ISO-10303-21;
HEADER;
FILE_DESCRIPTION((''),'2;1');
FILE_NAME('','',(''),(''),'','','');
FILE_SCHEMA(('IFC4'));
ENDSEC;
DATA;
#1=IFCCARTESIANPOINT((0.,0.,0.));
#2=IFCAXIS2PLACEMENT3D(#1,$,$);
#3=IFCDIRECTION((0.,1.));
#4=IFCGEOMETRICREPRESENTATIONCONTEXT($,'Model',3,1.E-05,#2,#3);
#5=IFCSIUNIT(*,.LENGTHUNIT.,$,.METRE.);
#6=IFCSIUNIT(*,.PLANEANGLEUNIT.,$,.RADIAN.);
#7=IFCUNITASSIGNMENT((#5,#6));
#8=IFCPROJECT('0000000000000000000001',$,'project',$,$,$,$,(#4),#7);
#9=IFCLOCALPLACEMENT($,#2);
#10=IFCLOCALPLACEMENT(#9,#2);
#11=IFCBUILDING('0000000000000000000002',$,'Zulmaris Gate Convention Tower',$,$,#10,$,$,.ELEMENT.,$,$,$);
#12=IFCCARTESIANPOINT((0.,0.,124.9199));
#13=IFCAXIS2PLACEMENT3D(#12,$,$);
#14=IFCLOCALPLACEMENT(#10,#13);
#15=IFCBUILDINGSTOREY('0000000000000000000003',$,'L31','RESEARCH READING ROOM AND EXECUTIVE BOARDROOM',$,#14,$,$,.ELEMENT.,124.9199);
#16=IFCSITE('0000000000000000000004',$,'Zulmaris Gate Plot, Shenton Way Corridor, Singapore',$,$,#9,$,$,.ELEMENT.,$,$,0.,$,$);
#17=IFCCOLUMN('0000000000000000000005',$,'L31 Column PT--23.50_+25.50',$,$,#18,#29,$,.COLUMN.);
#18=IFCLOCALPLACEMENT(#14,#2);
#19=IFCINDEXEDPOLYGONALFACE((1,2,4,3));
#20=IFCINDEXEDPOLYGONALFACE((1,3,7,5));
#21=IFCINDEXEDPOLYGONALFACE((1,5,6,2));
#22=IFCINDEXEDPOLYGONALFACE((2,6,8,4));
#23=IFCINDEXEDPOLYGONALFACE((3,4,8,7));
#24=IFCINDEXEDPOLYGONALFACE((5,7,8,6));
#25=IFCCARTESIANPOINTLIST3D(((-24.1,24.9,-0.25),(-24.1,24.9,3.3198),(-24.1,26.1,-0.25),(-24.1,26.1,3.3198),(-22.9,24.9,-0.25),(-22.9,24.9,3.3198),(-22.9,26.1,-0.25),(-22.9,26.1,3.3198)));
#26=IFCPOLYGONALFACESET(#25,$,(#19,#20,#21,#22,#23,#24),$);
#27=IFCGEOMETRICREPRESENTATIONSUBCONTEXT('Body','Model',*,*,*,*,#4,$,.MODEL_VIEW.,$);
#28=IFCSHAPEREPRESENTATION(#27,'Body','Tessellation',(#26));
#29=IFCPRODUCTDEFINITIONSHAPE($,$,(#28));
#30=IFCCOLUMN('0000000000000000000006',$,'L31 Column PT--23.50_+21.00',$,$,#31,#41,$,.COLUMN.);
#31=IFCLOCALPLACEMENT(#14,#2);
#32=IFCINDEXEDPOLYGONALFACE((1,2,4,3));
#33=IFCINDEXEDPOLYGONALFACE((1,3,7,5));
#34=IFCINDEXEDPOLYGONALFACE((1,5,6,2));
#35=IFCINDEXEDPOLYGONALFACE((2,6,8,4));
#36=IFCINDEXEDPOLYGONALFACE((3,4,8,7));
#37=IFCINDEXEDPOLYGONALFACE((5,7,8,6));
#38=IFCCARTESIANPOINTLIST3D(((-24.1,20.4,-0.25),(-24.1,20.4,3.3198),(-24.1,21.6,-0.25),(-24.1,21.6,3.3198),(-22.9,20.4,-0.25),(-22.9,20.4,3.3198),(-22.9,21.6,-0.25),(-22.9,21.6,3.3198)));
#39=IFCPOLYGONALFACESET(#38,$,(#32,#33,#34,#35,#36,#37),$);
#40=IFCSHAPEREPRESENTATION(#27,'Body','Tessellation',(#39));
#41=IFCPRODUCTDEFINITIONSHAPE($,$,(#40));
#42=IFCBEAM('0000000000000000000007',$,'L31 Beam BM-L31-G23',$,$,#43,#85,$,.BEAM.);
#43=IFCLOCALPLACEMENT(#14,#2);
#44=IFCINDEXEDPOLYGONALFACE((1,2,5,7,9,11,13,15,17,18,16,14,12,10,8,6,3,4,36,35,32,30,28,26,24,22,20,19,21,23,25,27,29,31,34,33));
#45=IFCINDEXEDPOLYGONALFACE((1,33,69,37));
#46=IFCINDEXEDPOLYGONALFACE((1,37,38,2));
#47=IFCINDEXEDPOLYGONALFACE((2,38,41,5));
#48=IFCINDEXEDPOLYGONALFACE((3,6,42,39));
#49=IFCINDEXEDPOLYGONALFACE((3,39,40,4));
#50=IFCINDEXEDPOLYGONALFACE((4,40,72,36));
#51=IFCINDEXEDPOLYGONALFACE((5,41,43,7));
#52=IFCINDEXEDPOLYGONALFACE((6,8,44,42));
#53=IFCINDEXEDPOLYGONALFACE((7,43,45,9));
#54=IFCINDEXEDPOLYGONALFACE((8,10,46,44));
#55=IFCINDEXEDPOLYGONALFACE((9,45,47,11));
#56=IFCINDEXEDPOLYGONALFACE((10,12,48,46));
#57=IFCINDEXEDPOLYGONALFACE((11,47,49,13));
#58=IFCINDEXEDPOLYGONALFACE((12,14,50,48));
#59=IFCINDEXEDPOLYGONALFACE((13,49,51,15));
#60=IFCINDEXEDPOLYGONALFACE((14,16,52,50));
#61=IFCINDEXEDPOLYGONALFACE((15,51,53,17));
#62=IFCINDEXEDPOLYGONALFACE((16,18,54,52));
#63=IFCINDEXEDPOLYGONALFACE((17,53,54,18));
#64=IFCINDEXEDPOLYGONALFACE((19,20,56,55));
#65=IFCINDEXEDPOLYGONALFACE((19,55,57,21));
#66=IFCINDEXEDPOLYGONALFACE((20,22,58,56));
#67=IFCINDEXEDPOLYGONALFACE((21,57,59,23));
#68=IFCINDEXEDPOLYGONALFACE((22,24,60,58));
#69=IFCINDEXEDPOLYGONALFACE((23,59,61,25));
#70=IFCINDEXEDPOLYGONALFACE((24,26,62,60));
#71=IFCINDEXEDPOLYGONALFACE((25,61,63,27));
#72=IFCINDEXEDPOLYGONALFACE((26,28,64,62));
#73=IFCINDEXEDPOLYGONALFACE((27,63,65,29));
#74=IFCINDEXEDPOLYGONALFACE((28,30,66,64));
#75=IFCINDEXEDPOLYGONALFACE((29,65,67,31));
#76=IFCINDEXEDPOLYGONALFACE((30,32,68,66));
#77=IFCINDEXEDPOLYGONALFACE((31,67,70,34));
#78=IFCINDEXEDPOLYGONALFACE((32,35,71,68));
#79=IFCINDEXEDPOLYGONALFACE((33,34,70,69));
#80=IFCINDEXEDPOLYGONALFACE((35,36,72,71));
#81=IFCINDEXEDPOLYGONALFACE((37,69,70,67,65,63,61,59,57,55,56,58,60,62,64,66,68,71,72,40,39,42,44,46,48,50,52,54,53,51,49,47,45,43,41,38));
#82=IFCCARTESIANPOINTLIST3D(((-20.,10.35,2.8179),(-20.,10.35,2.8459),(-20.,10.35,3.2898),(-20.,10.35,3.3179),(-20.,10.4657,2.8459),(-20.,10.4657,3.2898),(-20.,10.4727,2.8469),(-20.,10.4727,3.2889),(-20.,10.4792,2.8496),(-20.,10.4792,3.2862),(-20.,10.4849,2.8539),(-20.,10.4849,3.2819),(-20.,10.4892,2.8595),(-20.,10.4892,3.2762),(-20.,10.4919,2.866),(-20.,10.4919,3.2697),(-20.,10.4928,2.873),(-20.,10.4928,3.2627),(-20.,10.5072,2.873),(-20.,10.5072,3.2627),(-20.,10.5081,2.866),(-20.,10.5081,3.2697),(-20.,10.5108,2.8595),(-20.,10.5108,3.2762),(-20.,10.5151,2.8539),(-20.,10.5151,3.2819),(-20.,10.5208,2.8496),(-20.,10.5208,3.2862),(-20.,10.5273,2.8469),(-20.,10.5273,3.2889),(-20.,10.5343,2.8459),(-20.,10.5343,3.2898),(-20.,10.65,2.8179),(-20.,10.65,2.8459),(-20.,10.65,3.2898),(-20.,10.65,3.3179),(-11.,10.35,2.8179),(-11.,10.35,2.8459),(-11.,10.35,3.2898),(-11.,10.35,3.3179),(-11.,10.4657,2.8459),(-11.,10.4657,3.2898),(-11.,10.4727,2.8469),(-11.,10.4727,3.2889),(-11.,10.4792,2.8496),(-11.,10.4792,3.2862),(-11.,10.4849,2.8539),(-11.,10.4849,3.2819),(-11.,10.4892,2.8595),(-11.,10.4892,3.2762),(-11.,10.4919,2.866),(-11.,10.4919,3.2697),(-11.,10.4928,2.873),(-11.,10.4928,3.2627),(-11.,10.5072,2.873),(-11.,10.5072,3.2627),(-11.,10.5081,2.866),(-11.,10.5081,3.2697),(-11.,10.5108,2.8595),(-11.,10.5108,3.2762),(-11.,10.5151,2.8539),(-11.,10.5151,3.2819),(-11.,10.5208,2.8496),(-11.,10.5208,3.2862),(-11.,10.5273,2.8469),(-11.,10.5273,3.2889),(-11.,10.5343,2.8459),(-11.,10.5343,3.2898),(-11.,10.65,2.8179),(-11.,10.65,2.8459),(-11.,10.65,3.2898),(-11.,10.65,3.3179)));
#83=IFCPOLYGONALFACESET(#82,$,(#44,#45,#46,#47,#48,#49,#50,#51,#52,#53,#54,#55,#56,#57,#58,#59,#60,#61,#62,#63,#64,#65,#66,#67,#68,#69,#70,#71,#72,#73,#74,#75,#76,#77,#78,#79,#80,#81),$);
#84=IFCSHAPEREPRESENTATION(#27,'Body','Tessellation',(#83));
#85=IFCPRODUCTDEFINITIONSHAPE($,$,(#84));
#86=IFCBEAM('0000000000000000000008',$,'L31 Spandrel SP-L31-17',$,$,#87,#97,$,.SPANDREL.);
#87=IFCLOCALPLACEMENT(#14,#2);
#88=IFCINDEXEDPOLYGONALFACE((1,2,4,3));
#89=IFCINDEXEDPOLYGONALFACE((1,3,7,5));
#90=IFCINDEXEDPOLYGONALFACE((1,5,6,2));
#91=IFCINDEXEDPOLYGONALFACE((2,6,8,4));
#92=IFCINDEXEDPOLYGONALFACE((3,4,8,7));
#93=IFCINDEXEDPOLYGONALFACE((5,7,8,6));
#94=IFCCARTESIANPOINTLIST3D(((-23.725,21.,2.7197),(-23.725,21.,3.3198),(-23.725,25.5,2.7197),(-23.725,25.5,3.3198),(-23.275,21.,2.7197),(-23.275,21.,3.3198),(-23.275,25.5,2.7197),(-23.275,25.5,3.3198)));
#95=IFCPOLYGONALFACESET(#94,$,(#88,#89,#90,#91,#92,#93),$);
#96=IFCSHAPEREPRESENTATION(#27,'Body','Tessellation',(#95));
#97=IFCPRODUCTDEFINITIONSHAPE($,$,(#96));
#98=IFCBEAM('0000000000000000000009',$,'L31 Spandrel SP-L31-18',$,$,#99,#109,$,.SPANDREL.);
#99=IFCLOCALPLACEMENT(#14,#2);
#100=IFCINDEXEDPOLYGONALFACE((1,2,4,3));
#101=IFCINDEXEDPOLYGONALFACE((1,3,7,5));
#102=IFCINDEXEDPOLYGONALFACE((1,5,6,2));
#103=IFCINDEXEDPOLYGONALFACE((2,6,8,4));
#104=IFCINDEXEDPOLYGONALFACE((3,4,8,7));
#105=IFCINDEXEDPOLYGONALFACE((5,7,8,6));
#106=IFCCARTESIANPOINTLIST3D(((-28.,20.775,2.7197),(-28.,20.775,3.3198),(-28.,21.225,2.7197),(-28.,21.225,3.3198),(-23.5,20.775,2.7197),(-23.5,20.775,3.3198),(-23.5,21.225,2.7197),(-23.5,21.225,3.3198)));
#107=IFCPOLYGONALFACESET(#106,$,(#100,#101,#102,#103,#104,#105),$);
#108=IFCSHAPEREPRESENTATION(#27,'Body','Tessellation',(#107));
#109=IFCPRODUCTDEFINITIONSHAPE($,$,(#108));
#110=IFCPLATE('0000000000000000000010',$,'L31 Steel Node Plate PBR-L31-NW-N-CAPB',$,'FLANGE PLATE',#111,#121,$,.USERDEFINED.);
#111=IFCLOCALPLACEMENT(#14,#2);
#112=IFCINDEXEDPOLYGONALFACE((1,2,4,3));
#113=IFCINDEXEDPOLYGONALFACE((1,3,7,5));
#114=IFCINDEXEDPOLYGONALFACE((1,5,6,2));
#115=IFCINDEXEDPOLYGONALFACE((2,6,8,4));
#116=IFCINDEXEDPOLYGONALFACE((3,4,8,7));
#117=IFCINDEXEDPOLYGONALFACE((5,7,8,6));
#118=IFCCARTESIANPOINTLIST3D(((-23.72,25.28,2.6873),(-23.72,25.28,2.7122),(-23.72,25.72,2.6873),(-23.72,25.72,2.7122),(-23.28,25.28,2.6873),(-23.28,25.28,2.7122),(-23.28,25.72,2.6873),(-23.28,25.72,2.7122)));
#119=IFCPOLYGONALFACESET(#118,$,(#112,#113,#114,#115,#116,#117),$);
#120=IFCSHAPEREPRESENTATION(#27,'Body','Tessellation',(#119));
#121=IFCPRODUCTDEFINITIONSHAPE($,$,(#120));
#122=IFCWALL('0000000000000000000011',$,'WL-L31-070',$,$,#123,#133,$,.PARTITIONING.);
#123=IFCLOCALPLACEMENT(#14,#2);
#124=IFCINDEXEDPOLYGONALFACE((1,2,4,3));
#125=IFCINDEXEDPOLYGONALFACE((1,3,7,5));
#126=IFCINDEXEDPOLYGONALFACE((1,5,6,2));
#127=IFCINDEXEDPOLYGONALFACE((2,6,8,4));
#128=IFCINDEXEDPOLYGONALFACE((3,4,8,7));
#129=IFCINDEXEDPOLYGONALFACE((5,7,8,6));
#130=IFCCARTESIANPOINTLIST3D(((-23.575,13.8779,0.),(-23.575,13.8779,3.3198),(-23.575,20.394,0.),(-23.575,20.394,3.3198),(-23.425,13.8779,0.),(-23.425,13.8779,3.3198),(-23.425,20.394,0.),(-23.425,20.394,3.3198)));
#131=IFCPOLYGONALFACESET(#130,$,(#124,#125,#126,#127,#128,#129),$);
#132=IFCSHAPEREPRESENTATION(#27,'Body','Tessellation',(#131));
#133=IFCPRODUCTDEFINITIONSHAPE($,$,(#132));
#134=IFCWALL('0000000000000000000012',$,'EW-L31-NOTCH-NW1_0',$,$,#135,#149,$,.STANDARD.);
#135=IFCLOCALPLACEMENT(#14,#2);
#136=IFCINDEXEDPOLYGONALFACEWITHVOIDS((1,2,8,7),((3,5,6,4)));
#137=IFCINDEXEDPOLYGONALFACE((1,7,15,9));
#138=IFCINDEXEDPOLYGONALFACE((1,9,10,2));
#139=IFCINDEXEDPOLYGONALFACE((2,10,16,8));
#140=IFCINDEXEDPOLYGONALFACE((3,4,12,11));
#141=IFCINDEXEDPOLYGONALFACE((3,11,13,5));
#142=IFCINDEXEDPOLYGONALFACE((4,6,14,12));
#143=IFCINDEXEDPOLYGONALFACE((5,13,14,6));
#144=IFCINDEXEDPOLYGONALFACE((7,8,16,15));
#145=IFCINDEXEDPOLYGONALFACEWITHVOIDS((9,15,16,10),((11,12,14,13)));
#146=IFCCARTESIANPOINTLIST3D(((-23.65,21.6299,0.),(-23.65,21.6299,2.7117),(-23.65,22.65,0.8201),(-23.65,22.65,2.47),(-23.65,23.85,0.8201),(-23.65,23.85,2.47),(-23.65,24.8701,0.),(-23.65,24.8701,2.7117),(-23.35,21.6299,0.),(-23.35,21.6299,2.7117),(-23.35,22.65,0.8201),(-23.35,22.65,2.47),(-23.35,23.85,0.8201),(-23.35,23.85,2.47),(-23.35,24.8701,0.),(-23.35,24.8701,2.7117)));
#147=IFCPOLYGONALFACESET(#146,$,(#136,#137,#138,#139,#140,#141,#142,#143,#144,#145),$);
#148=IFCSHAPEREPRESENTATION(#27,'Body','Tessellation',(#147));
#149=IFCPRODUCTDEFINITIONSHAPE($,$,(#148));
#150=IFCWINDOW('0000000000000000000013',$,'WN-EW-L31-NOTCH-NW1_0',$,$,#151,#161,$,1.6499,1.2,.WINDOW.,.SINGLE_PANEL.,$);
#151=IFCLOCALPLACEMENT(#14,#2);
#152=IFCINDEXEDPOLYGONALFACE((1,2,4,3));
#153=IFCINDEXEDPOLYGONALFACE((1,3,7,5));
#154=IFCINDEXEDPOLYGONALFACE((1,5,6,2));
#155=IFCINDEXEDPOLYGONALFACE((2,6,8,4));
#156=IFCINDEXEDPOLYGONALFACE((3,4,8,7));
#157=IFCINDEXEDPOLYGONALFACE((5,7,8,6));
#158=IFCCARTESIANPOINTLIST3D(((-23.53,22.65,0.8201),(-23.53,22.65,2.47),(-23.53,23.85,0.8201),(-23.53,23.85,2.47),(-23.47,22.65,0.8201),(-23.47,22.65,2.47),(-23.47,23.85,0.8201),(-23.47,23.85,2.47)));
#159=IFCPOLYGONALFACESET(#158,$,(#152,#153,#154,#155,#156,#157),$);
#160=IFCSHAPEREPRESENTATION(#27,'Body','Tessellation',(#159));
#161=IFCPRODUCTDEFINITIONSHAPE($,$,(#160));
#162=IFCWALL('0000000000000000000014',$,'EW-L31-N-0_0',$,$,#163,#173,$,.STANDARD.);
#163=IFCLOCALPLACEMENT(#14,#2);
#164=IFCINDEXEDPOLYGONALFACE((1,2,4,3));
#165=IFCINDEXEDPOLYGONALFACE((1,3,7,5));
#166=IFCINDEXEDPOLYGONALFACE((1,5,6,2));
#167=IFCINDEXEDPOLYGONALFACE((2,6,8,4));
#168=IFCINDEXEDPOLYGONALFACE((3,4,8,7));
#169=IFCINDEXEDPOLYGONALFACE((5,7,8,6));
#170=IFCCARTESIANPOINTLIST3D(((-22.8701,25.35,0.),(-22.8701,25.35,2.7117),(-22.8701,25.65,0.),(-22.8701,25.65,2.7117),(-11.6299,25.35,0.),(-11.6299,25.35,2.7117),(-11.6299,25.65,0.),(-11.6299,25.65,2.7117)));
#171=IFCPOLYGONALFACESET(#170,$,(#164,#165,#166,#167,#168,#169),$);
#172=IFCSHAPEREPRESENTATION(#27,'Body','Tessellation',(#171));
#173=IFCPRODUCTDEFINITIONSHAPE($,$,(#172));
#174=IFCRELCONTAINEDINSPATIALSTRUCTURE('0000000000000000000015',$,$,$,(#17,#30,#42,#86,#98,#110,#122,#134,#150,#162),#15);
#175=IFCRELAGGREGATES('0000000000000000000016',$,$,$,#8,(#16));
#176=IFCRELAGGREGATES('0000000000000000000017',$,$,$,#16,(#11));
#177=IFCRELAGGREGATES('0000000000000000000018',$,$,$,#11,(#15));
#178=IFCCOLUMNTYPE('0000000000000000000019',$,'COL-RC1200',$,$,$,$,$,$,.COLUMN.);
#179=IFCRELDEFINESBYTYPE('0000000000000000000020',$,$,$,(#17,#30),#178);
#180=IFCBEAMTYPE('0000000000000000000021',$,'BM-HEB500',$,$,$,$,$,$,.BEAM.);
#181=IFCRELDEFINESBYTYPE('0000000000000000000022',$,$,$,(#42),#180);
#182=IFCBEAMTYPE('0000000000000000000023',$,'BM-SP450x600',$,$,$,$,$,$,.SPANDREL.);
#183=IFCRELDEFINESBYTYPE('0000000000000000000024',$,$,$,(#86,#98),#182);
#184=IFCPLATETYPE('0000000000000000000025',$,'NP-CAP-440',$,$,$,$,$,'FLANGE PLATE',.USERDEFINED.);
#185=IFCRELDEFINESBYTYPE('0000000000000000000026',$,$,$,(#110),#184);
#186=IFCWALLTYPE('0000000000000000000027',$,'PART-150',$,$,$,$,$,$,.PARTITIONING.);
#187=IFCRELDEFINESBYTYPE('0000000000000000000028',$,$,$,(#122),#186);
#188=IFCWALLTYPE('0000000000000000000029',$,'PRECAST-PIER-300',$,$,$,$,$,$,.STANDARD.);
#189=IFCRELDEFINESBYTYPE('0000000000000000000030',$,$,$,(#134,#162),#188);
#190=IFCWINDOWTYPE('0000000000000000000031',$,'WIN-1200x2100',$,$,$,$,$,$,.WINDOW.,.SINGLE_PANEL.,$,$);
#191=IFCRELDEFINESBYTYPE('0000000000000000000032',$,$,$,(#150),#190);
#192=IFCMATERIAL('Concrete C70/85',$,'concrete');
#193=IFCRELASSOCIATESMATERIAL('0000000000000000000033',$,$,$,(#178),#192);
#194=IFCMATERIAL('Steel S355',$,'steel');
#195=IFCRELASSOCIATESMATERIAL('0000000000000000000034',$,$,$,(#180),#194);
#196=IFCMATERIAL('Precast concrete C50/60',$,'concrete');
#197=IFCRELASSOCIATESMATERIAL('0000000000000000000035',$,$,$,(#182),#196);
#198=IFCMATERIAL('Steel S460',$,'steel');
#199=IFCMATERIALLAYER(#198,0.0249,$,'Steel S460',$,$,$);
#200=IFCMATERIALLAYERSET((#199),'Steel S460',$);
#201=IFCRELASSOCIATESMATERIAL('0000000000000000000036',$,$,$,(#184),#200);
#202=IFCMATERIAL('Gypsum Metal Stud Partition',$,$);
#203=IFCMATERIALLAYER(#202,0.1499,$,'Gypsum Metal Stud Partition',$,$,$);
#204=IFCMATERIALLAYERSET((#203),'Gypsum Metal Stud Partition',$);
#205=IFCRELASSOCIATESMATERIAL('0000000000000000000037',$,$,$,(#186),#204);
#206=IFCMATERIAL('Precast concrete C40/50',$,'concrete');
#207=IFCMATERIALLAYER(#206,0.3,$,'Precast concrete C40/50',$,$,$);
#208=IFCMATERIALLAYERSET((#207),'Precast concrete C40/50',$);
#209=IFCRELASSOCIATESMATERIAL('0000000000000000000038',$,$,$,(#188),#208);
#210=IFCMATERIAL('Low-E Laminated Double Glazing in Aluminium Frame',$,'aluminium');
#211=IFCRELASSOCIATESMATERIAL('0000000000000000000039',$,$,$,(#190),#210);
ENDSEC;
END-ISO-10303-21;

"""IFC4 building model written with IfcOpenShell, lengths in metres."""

from ifc_helpers import new_model, si_unit, direction, frame, frame_2d, origin, origin_2d, place, context, subcontext, project, spatial, rectangle, i_section, extrude, material, layer, layer_set, material_profile, profile_set, type_object, element, fill, save


model = new_model("IFC4")

# Units and contexts
model_context = context("Model", 3, precision=1e-05, world=origin(), true_north=direction((0.0, 1.0)))
body_context = subcontext(model_context, "Body", "Model", "MODEL_VIEW")
ifc_project = project(units=[si_unit("LENGTHUNIT", "METRE"), si_unit("PLANEANGLEUNIT", "RADIAN")], contexts=[model_context])

# Site, building, storey
site_placement = place(None, origin())
site = spatial("IfcSite", under=ifc_project, at=site_placement, Name="Zulmaris Gate Plot, Shenton Way Corridor, Singapore", CompositionType="ELEMENT", RefElevation=0.0)
building_placement = place(site_placement, origin())
building = spatial("IfcBuilding", under=site, at=building_placement, Name="Zulmaris Gate Convention Tower", CompositionType="ELEMENT")
storey_placement = place(building_placement, frame((0.0, 0.0, 124.9199)))
storey = spatial("IfcBuildingStorey", under=building, at=storey_placement, Name="L31", Description="RESEARCH READING ROOM AND EXECUTIVE BOARDROOM", CompositionType="ELEMENT", Elevation=124.9199)

# Columns
ifc_material_1 = material(Name="Concrete C70/85", Category="concrete")
ifc_material_profile_1 = material_profile(ifc_material_1, rectangle(XDim=1.2, YDim=1.2, at=origin_2d()), Name="RC COL 1200x1200")
ifc_profile_set_1 = profile_set([ifc_material_profile_1], Name="Concrete C70/85")
column_type = type_object("IfcColumnType", Name="COL-RC1200", PredefinedType="COLUMN", material=ifc_profile_set_1)
for number, where, z_axis, x_axis, name in (
    (1, (-23.5, 25.5, -0.25), (0.0, 0.0, 1.0), (1.0, 0.0, 0.0), "L31 Column PT--23.50_+25.50"),
    (2, (-23.5, 21.0, -0.25), (0.0, 0.0, 1.0), (1.0, 0.0, 0.0), "L31 Column PT--23.50_+21.00"),
):
    element("IfcColumn", number, at=place(storey_placement, frame(where, z_axis=z_axis, x_axis=x_axis)), inside=storey, type_object=column_type, Name=name, PredefinedType="COLUMN", context=body_context, shape_type="SweptSolid", body=[
        extrude(rectangle(XDim=1.2, YDim=1.2, at=origin_2d()), origin(), (0.0, 0.0, 1.0), 3.5698),
    ])

# Beams
ifc_material_2 = material(Name="Steel S355", Category="steel")
ifc_material_profile_2 = material_profile(ifc_material_2, i_section(OverallWidth=0.3, OverallDepth=0.5, WebThickness=0.0144, FlangeThickness=0.0281, FilletRadius=0.0271, at=origin_2d()), Name="HEB 500")
ifc_profile_set_2 = profile_set([ifc_material_profile_2], Name="Steel S355")
beam_type_1 = type_object("IfcBeamType", Name="BM-HEB500", PredefinedType="BEAM", material=ifc_profile_set_2)
beam_placement = place(storey_placement, frame((-20.0, 10.5, 3.0679), z_axis=(1.0, 0.0, 0.0), x_axis=(0.0, 1.0, 0.0)))
element("IfcBeam", 3, at=beam_placement, inside=storey, type_object=beam_type_1, Name="L31 Beam BM-L31-G23", PredefinedType="BEAM", context=body_context, shape_type="SweptSolid", body=[
    extrude(i_section(OverallWidth=0.3, OverallDepth=0.5, WebThickness=0.0144, FlangeThickness=0.0281, FilletRadius=0.0271, at=origin_2d()), origin(), (0.0, 0.0, 1.0), 9.0),
])
ifc_material_3 = material(Name="Precast concrete C50/60", Category="concrete")
ifc_material_profile_3 = material_profile(ifc_material_3, rectangle(XDim=0.45, YDim=0.6001, at=origin_2d()), Name="RC SPANDREL 450x600")
ifc_profile_set_3 = profile_set([ifc_material_profile_3], Name="Precast concrete C50/60")
beam_type_2 = type_object("IfcBeamType", Name="BM-SP450x600", PredefinedType="SPANDREL", material=ifc_profile_set_3)
for number, where, z_axis, x_axis, name in (
    (4, (-23.5, 25.5, 3.0198), (0.0, -1.0, 0.0), (1.0, 0.0, 0.0), "L31 Spandrel SP-L31-17"),
    (5, (-23.5, 21.0, 3.0198), (-1.0, 0.0, 0.0), (0.0, -1.0, 0.0), "L31 Spandrel SP-L31-18"),
):
    element("IfcBeam", number, at=place(storey_placement, frame(where, z_axis=z_axis, x_axis=x_axis)), inside=storey, type_object=beam_type_2, Name=name, PredefinedType="SPANDREL", context=body_context, shape_type="SweptSolid", body=[
        extrude(rectangle(XDim=0.45, YDim=0.6001, at=origin_2d()), origin(), (0.0, 0.0, 1.0), 4.5),
    ])

# Plate
ifc_material_4 = material(Name="Steel S460", Category="steel")
ifc_layer_1 = layer(ifc_material_4, 0.0249, Name="Steel S460")
ifc_layer_set_1 = layer_set([ifc_layer_1], Name="Steel S460")
plate_type = type_object("IfcPlateType", Name="NP-CAP-440", ElementType="FLANGE PLATE", PredefinedType="USERDEFINED", material=ifc_layer_set_1)
plate_placement = place(storey_placement, frame((-23.5, 25.5, 2.6873), z_axis=(0.0, 0.0, 1.0), x_axis=(1.0, 0.0, 0.0)))
element("IfcPlate", 6, at=plate_placement, inside=storey, type_object=plate_type, Name="L31 Steel Node Plate PBR-L31-NW-N-CAPB", ObjectType="FLANGE PLATE", PredefinedType="USERDEFINED", context=body_context, shape_type="SweptSolid", body=[
    extrude(rectangle(XDim=0.4399, YDim=0.4399, at=origin_2d()), origin(), (0.0, 0.0, 1.0), 0.0249),
])

# Wall
ifc_material_5 = material(Name="Gypsum Metal Stud Partition")
ifc_layer_2 = layer(ifc_material_5, 0.1499, Name="Gypsum Metal Stud Partition")
ifc_layer_set_2 = layer_set([ifc_layer_2], Name="Gypsum Metal Stud Partition")
wall_type_1 = type_object("IfcWallType", Name="PART-150", PredefinedType="PARTITIONING", material=ifc_layer_set_2)
wall_1_placement = place(storey_placement, frame((-23.5, 13.8779, 0.0), z_axis=(0.0, 0.0, 1.0), x_axis=(0.0, 1.0, 0.0)))
element("IfcWall", 7, at=wall_1_placement, inside=storey, type_object=wall_type_1, Name="WL-L31-070", PredefinedType="PARTITIONING", context=body_context, shape_type="SweptSolid", body=[
    extrude(rectangle(XDim=6.5161, YDim=0.1499, at=frame_2d((3.2581, 0.0))), origin(), (0.0, 0.0, 1.0), 3.3198),
])

# Wall, opening, window
ifc_material_6 = material(Name="Precast concrete C40/50", Category="concrete")
ifc_layer_3 = layer(ifc_material_6, 0.3, Name="Precast concrete C40/50")
ifc_layer_set_3 = layer_set([ifc_layer_3], Name="Precast concrete C40/50")
wall_type_2 = type_object("IfcWallType", Name="PRECAST-PIER-300", PredefinedType="STANDARD", material=ifc_layer_set_3)
wall_2_placement = place(storey_placement, frame((-23.5, 24.8701, 0.0), z_axis=(0.0, 0.0, 1.0), x_axis=(0.0, -1.0, 0.0)))
wall_2 = element("IfcWall", 8, at=wall_2_placement, inside=storey, type_object=wall_type_2, Name="EW-L31-NOTCH-NW1_0", PredefinedType="STANDARD", context=body_context, shape_type="SweptSolid", body=[
    extrude(rectangle(XDim=3.2402, YDim=0.3, at=frame_2d((1.6201, 0.0))), origin(), (0.0, 0.0, 1.0), 2.7117),
])
opening_1_placement = place(wall_2_placement, frame((1.02, 0.0, 0.8201)))
opening_1 = element("IfcOpeningElement", 9, at=opening_1_placement, cuts=wall_2, PredefinedType="OPENING", context=body_context, shape_type="SweptSolid", body=[
    extrude(rectangle(XDim=1.2, YDim=1.6499, at=frame_2d((0.6001, 0.825))), frame((0.0, 0.1602, 0.0), z_axis=(0.0, -1.0, 0.0), x_axis=(1.0, 0.0, 0.0)), (0.0, 0.0, 1.0), 0.3201),
])
ifc_material_7 = material(Name="Low-E Laminated Double Glazing in Aluminium Frame", Category="aluminium")
window_type = type_object("IfcWindowType", Name="WIN-1200x2100", PartitioningType="SINGLE_PANEL", PredefinedType="WINDOW", material=ifc_material_7)
window_placement = place(opening_1_placement, origin())
window = element("IfcWindow", 10, at=window_placement, inside=storey, type_object=window_type, Name="WN-EW-L31-NOTCH-NW1_0", OverallHeight=1.6499, OverallWidth=1.2, PartitioningType="SINGLE_PANEL", PredefinedType="WINDOW", context=body_context, shape_type="SweptSolid", body=[
    extrude(rectangle(XDim=1.2, YDim=1.6499, at=frame_2d((0.6001, 0.825))), frame((0.0, 0.03, 0.0), z_axis=(0.0, -1.0, 0.0), x_axis=(1.0, 0.0, 0.0)), (0.0, 0.0, 1.0), 0.0601),
])
fill(opening_1, window)

# Wall
wall_3_placement = place(storey_placement, frame((-11.6299, 25.5, 0.0), z_axis=(0.0, 0.0, 1.0), x_axis=(-1.0, 0.0, 0.0)))
element("IfcWall", 11, at=wall_3_placement, inside=storey, type_object=wall_type_2, Name="EW-L31-N-0_0", PredefinedType="STANDARD", context=body_context, shape_type="SweptSolid", body=[
    extrude(rectangle(XDim=11.2402, YDim=0.3, at=frame_2d((5.6201, 0.0))), origin(), (0.0, 0.0, 1.0), 2.7117),
])

save(model, "model.ifc")
